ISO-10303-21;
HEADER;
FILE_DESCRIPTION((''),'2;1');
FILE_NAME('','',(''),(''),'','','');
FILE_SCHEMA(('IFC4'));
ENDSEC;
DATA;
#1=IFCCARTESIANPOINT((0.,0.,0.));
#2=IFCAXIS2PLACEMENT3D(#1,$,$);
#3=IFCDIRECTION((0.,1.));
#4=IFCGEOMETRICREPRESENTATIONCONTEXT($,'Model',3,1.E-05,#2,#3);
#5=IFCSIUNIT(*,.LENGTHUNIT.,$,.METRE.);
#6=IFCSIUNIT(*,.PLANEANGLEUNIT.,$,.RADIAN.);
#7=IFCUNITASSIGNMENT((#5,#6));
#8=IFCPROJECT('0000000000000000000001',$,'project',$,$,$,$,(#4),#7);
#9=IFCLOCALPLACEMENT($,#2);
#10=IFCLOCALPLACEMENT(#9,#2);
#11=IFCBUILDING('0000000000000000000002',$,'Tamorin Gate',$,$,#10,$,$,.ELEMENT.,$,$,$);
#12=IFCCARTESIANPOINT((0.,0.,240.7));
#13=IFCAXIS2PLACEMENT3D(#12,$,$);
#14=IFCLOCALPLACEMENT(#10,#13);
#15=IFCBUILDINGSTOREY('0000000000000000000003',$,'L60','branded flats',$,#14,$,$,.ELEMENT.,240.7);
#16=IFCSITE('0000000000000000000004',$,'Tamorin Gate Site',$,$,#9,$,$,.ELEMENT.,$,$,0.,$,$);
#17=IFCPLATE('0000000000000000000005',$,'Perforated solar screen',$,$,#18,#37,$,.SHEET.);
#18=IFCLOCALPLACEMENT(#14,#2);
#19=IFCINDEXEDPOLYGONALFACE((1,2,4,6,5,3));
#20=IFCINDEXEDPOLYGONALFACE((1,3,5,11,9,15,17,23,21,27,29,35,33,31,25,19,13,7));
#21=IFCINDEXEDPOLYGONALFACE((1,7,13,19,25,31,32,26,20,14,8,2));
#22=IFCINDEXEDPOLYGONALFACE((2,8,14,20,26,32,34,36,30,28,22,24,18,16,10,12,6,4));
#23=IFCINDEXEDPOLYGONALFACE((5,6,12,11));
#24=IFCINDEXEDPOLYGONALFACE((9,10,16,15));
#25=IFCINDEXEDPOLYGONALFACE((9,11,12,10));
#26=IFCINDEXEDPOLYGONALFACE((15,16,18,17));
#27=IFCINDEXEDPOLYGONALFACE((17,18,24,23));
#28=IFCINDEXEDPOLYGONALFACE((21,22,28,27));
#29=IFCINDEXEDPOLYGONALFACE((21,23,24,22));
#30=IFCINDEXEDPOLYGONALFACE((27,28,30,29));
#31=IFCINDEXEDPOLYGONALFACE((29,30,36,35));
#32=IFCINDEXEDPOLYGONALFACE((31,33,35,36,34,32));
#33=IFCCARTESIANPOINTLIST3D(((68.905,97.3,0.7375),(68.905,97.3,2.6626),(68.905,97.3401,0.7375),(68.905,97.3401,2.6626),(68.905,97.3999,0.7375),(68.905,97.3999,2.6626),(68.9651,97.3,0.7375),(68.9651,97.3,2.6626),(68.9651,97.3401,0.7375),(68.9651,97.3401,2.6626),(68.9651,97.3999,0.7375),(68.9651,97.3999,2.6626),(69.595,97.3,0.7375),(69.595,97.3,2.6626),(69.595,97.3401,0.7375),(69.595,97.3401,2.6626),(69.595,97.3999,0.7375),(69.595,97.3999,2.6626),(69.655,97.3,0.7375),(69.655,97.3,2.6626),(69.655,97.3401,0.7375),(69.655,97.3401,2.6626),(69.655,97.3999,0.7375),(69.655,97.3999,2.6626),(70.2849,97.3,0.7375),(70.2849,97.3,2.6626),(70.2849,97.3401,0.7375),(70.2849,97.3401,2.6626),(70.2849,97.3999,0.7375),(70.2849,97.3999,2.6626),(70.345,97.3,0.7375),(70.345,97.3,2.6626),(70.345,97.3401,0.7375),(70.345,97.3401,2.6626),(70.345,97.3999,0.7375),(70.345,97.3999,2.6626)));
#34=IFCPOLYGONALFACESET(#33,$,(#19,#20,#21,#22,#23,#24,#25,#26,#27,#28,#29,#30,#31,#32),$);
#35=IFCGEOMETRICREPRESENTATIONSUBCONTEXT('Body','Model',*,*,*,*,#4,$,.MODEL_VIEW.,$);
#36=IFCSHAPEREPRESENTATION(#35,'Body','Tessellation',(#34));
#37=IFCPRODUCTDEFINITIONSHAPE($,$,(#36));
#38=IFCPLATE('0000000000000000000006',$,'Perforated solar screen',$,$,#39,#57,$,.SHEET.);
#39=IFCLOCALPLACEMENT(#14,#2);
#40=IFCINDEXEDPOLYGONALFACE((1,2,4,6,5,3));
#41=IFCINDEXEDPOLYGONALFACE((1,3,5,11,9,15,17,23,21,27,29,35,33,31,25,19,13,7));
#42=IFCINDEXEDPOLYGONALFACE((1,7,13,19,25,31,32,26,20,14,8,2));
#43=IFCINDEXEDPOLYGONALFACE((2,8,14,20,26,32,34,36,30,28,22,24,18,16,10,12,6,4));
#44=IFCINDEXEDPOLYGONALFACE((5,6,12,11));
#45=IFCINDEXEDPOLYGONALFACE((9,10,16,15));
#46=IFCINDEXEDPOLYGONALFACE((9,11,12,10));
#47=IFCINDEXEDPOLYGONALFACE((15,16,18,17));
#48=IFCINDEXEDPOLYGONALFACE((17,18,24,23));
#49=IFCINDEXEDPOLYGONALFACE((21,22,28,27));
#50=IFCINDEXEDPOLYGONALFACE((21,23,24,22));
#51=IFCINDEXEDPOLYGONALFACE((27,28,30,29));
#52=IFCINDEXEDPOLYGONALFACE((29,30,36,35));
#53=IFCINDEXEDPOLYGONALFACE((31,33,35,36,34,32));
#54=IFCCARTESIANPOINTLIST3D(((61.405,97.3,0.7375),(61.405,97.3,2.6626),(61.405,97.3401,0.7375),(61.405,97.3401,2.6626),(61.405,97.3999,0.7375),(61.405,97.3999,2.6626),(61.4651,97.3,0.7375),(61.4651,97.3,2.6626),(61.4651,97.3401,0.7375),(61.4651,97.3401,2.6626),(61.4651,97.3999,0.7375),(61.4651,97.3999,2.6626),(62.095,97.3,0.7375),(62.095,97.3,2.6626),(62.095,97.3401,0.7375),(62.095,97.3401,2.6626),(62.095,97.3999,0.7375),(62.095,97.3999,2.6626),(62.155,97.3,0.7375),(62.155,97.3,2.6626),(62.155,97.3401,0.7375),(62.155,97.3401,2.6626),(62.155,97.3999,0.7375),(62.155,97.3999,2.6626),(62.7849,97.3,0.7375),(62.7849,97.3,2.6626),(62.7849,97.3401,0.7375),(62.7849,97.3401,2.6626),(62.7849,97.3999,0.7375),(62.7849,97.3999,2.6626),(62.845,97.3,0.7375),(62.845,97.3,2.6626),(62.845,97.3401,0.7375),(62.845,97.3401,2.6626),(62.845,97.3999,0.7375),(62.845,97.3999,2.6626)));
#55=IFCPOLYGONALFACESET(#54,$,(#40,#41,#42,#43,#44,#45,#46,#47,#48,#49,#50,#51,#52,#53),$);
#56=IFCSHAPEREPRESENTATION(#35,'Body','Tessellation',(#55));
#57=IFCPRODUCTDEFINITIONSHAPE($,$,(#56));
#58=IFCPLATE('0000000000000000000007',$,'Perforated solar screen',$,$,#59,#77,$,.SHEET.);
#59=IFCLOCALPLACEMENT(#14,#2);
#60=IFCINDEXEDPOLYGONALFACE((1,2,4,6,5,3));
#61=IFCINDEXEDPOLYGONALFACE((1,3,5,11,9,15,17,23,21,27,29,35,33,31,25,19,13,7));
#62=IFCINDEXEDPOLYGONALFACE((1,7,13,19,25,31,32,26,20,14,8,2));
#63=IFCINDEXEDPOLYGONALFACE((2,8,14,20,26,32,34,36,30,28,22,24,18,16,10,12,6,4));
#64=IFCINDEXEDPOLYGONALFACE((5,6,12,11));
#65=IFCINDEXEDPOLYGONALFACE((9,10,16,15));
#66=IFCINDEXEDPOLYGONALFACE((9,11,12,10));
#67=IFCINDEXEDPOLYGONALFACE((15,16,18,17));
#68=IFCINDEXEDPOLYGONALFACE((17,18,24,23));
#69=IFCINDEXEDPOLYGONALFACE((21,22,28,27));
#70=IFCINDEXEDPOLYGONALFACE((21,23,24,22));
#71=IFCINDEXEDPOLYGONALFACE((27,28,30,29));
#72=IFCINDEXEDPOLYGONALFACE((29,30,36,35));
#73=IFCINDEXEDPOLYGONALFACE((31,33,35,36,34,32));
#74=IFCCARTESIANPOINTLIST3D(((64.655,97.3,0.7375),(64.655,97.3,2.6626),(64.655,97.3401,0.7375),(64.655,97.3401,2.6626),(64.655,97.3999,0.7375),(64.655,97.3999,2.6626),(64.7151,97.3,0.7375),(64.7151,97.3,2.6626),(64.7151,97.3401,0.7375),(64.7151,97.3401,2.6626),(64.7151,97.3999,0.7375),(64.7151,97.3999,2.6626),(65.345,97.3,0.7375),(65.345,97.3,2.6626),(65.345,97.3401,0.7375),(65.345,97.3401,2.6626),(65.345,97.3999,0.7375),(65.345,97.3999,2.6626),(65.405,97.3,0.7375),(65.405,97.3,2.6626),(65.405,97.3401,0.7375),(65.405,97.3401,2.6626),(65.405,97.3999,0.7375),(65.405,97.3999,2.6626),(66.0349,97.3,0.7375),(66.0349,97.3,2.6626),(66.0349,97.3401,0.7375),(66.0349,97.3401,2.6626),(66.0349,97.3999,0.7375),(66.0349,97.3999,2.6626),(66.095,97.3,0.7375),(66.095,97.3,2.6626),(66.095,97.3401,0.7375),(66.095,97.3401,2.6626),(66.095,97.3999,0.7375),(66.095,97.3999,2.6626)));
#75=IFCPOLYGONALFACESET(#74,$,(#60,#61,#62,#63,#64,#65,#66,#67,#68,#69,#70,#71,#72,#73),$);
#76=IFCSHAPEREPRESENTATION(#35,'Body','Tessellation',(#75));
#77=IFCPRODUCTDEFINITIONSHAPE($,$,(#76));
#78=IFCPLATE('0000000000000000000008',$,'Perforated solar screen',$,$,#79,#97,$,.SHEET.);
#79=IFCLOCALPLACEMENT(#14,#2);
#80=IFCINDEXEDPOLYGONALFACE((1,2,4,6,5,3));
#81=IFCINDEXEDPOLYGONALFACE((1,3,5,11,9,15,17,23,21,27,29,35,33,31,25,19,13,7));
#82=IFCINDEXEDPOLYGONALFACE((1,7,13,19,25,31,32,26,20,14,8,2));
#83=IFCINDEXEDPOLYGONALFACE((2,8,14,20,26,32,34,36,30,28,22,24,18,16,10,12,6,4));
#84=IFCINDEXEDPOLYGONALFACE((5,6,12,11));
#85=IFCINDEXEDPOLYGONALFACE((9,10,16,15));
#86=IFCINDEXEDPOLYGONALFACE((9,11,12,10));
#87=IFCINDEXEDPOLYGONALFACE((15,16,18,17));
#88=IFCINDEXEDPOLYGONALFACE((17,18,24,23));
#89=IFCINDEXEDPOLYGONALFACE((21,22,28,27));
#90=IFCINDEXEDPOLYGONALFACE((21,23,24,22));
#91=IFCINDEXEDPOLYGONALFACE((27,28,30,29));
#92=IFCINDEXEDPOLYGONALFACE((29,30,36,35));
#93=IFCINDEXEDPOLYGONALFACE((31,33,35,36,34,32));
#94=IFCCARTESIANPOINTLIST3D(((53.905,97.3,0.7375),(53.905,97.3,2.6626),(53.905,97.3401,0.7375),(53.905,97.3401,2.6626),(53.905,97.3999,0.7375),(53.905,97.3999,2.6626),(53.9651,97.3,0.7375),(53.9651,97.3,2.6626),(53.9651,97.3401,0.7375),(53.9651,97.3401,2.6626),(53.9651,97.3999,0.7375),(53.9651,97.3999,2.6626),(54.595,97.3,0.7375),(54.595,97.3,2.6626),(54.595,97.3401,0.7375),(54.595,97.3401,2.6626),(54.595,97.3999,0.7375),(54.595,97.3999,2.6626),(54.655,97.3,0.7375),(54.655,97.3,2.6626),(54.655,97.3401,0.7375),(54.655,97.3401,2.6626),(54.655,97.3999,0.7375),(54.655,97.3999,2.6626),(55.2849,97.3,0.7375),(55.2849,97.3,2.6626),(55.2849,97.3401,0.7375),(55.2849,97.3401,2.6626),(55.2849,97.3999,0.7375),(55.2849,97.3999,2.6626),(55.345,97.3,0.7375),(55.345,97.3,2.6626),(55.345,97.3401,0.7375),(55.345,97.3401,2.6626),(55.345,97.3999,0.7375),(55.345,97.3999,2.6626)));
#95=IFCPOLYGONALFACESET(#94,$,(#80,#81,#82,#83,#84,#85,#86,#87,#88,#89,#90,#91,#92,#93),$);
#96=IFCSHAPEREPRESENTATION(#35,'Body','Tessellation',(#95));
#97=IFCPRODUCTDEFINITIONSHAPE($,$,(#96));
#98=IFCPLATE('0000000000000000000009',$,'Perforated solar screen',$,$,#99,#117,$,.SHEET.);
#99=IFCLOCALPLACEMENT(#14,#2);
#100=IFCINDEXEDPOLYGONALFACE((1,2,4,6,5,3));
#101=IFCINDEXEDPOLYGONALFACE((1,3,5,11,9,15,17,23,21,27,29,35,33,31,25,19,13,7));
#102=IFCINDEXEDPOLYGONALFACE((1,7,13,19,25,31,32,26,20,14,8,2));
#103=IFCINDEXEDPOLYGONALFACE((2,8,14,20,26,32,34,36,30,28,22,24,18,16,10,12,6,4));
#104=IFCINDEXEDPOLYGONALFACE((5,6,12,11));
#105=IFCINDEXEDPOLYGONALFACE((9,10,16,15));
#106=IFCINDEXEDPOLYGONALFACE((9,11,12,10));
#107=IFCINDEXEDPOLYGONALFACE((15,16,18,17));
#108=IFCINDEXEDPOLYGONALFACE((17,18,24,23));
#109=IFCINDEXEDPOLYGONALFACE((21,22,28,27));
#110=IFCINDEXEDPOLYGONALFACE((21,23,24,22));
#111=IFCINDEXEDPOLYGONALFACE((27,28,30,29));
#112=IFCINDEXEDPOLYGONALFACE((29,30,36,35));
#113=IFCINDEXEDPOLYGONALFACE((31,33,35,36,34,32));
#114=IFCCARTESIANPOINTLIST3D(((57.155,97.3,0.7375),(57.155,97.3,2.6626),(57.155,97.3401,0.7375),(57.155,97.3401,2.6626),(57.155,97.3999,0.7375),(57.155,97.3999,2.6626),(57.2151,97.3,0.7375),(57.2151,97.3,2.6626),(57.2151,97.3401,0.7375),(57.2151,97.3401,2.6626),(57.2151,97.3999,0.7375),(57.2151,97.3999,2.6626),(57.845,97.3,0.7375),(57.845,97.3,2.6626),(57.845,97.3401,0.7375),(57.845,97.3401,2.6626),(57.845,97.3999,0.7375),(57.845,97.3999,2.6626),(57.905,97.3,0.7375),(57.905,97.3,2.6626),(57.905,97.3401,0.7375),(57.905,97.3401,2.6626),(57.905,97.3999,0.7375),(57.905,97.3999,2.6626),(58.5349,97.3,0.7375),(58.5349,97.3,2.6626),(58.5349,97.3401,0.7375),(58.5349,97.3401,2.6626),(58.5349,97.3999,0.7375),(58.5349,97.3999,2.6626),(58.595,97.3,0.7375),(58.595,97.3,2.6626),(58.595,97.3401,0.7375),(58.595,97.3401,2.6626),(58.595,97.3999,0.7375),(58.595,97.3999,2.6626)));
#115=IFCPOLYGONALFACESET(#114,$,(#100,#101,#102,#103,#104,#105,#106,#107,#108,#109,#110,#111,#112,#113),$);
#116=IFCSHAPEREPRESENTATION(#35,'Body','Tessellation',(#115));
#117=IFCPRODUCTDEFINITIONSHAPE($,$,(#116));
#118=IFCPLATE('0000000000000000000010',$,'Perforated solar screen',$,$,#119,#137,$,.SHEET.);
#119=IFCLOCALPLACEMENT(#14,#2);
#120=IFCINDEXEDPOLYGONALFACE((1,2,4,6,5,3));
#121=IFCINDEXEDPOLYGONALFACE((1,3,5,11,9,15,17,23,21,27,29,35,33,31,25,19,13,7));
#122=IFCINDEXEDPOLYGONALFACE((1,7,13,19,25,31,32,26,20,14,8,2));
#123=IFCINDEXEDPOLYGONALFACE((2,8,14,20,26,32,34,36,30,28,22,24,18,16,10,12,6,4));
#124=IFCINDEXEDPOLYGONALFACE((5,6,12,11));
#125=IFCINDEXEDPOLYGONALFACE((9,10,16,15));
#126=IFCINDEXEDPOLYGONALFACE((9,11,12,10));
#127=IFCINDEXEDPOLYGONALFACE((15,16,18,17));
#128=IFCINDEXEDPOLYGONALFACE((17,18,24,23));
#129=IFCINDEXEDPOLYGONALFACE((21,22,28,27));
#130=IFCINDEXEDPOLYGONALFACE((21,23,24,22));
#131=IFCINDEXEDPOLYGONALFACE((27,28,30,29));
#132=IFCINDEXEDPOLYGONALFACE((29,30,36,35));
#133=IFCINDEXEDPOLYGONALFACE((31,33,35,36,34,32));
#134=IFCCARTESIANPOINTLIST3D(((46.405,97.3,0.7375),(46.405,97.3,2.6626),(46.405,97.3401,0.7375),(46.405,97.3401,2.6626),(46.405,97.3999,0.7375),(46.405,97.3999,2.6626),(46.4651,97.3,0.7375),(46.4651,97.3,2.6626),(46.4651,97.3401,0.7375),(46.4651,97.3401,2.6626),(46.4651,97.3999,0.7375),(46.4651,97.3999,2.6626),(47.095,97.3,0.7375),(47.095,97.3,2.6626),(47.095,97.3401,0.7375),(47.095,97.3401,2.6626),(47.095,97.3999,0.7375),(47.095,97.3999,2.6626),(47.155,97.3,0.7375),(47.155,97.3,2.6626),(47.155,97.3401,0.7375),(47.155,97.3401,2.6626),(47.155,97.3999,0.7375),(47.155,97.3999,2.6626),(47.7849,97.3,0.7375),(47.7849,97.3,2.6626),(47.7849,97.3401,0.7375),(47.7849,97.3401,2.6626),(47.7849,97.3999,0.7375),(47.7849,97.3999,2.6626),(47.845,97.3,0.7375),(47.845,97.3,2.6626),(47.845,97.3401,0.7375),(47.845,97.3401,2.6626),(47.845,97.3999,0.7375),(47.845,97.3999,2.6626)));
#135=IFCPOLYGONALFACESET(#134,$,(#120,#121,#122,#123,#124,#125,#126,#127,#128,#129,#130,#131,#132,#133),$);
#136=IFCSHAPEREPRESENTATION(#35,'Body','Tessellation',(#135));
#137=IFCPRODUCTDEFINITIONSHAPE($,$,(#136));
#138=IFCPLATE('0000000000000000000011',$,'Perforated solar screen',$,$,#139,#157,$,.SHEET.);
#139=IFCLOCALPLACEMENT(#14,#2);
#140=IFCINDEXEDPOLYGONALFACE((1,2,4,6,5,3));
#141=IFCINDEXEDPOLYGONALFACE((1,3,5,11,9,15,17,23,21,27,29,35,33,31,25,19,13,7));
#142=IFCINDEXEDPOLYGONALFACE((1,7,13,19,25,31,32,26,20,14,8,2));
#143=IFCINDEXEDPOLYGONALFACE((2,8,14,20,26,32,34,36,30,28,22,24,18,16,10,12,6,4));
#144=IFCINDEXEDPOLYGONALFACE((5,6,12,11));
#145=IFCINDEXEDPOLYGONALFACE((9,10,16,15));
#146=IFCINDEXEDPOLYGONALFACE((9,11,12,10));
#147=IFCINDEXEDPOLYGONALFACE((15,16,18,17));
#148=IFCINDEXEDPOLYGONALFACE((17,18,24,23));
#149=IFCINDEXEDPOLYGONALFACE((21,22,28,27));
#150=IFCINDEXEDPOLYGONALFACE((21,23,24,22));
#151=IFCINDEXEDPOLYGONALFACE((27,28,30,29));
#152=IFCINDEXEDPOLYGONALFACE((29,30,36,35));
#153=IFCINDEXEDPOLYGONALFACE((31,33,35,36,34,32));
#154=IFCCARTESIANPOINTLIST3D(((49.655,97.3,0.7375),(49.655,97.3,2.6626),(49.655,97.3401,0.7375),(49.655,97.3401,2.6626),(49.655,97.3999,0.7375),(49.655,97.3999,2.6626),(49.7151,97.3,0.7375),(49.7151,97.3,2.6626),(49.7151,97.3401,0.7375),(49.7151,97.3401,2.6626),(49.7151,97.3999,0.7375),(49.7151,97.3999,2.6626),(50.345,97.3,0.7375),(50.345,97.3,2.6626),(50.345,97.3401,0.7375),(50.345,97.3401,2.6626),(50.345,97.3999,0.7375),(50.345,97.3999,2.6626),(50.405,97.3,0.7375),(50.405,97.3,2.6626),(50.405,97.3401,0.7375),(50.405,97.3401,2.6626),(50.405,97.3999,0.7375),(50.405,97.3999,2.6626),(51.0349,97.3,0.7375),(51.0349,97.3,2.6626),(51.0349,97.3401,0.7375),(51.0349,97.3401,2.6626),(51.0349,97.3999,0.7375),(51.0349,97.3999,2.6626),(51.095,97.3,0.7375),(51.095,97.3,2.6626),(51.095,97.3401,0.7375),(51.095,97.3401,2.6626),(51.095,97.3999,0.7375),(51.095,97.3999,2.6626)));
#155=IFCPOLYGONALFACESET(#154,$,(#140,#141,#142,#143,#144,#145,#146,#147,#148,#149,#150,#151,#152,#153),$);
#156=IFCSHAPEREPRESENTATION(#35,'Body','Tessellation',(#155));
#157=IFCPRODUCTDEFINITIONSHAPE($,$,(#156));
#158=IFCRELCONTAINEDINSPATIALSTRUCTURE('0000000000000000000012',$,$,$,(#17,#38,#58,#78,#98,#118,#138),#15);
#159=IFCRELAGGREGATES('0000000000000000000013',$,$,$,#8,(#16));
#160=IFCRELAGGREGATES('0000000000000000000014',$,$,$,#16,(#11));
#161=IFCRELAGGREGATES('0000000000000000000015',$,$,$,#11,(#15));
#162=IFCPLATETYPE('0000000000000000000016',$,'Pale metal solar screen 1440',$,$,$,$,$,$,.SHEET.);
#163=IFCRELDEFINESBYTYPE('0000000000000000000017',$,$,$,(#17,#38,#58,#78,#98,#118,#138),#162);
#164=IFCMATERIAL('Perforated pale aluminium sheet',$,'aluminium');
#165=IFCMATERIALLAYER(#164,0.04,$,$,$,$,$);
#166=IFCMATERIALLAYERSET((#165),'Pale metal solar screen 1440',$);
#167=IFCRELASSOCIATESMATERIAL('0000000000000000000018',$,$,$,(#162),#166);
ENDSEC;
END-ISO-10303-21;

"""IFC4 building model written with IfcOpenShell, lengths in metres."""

from ifc_helpers import new_model, si_unit, direction, frame, origin, place, context, subcontext, project, spatial, polyline, outline, extrude, material, layer, layer_set, type_object, element, save


model = new_model("IFC4")

# Units and contexts
model_context = context("Model", 3, precision=1e-05, world=origin(), true_north=direction((0.0, 1.0)))
body_context = subcontext(model_context, "Body", "Model", "MODEL_VIEW")
ifc_project = project(units=[si_unit("LENGTHUNIT", "METRE"), si_unit("PLANEANGLEUNIT", "RADIAN")], contexts=[model_context])

# Site, building, storey
site_placement = place(None, origin())
site = spatial("IfcSite", under=ifc_project, at=site_placement, Name="Tamorin Gate Site", CompositionType="ELEMENT", RefElevation=0.0)
building_placement = place(site_placement, origin())
building = spatial("IfcBuilding", under=site, at=building_placement, Name="Tamorin Gate", CompositionType="ELEMENT")
storey_placement = place(building_placement, frame((0.0, 0.0, 240.7)))
storey = spatial("IfcBuildingStorey", under=building, at=storey_placement, Name="L60", Description="branded flats", CompositionType="ELEMENT", Elevation=240.7)

# Plates
ifc_material_1 = material(Name="Perforated pale aluminium sheet", Category="aluminium")
ifc_layer_1 = layer(ifc_material_1, 0.04)
ifc_layer_set_1 = layer_set([ifc_layer_1], Name="Pale metal solar screen 1440")
plate_type = type_object("IfcPlateType", Name="Pale metal solar screen 1440", PredefinedType="SHEET", material=ifc_layer_set_1)
plate_1_placement = place(storey_placement, frame((0.0, 0.0, 0.7375)))
element("IfcPlate", 1, at=plate_1_placement, inside=storey, type_object=plate_type, Name="Perforated solar screen", PredefinedType="SHEET", context=body_context, shape_type="SweptSolid", body=[
    extrude(outline(polyline([(70.345, 97.3401), (70.345, 97.3), (70.2849, 97.3), (69.655, 97.3), (69.595, 97.3), (68.9651, 97.3), (68.905, 97.3), (68.905, 97.3), (68.905, 97.3401), (68.905, 97.3401), (68.905, 97.3999), (68.9651, 97.3999), (68.9651, 97.3401), (69.595, 97.3401), (69.595, 97.3999), (69.655, 97.3999), (69.655, 97.3401), (70.2849, 97.3401), (70.2849, 97.3999), (70.345, 97.3999), (70.345, 97.3401)])), origin(), (0.0, 0.0, 1.0), 1.925),
])
plate_2_placement = place(storey_placement, frame((0.0, 0.0, 0.7375)))
element("IfcPlate", 2, at=plate_2_placement, inside=storey, type_object=plate_type, Name="Perforated solar screen", PredefinedType="SHEET", context=body_context, shape_type="SweptSolid", body=[
    extrude(outline(polyline([(62.845, 97.3401), (62.845, 97.3), (62.7849, 97.3), (62.155, 97.3), (62.095, 97.3), (61.4651, 97.3), (61.405, 97.3), (61.405, 97.3401), (61.405, 97.3999), (61.4651, 97.3999), (61.4651, 97.3401), (62.095, 97.3401), (62.095, 97.3999), (62.155, 97.3999), (62.155, 97.3401), (62.7849, 97.3401), (62.7849, 97.3999), (62.845, 97.3999), (62.845, 97.3401)])), origin(), (0.0, 0.0, 1.0), 1.925),
])
plate_3_placement = place(storey_placement, frame((0.0, 0.0, 0.7375)))
element("IfcPlate", 3, at=plate_3_placement, inside=storey, type_object=plate_type, Name="Perforated solar screen", PredefinedType="SHEET", context=body_context, shape_type="SweptSolid", body=[
    extrude(outline(polyline([(66.095, 97.3401), (66.095, 97.3), (66.0349, 97.3), (65.405, 97.3), (65.345, 97.3), (64.7151, 97.3), (64.655, 97.3), (64.655, 97.3401), (64.655, 97.3999), (64.7151, 97.3999), (64.7151, 97.3401), (65.345, 97.3401), (65.345, 97.3999), (65.405, 97.3999), (65.405, 97.3401), (66.0349, 97.3401), (66.0349, 97.3999), (66.095, 97.3999), (66.095, 97.3401)])), origin(), (0.0, 0.0, 1.0), 1.925),
])
plate_4_placement = place(storey_placement, frame((0.0, 0.0, 0.7375)))
element("IfcPlate", 4, at=plate_4_placement, inside=storey, type_object=plate_type, Name="Perforated solar screen", PredefinedType="SHEET", context=body_context, shape_type="SweptSolid", body=[
    extrude(outline(polyline([(55.345, 97.3401), (55.345, 97.3), (55.2849, 97.3), (54.655, 97.3), (54.595, 97.3), (53.9651, 97.3), (53.905, 97.3), (53.905, 97.3401), (53.905, 97.3999), (53.9651, 97.3999), (53.9651, 97.3401), (54.595, 97.3401), (54.595, 97.3999), (54.655, 97.3999), (54.655, 97.3401), (55.2849, 97.3401), (55.2849, 97.3999), (55.345, 97.3999), (55.345, 97.3401)])), origin(), (0.0, 0.0, 1.0), 1.925),
])
plate_5_placement = place(storey_placement, frame((0.0, 0.0, 0.7375)))
element("IfcPlate", 5, at=plate_5_placement, inside=storey, type_object=plate_type, Name="Perforated solar screen", PredefinedType="SHEET", context=body_context, shape_type="SweptSolid", body=[
    extrude(outline(polyline([(58.595, 97.3401), (58.595, 97.3), (58.5349, 97.3), (57.905, 97.3), (57.845, 97.3), (57.2151, 97.3), (57.155, 97.3), (57.155, 97.3401), (57.155, 97.3999), (57.2151, 97.3999), (57.2151, 97.3401), (57.845, 97.3401), (57.845, 97.3999), (57.905, 97.3999), (57.905, 97.3401), (58.5349, 97.3401), (58.5349, 97.3999), (58.595, 97.3999), (58.595, 97.3401)])), origin(), (0.0, 0.0, 1.0), 1.925),
])
plate_6_placement = place(storey_placement, frame((0.0, 0.0, 0.7375)))
element("IfcPlate", 6, at=plate_6_placement, inside=storey, type_object=plate_type, Name="Perforated solar screen", PredefinedType="SHEET", context=body_context, shape_type="SweptSolid", body=[
    extrude(outline(polyline([(47.845, 97.3401), (47.845, 97.3), (47.7849, 97.3), (47.155, 97.3), (47.095, 97.3), (46.4651, 97.3), (46.405, 97.3), (46.405, 97.3401), (46.405, 97.3999), (46.4651, 97.3999), (46.4651, 97.3401), (47.095, 97.3401), (47.095, 97.3999), (47.155, 97.3999), (47.155, 97.3401), (47.7849, 97.3401), (47.7849, 97.3999), (47.845, 97.3999), (47.845, 97.3401)])), origin(), (0.0, 0.0, 1.0), 1.925),
])
plate_7_placement = place(storey_placement, frame((0.0, 0.0, 0.7375)))
element("IfcPlate", 7, at=plate_7_placement, inside=storey, type_object=plate_type, Name="Perforated solar screen", PredefinedType="SHEET", context=body_context, shape_type="SweptSolid", body=[
    extrude(outline(polyline([(51.095, 97.3401), (51.095, 97.3), (51.0349, 97.3), (50.405, 97.3), (50.345, 97.3), (49.7151, 97.3), (49.655, 97.3), (49.655, 97.3401), (49.655, 97.3999), (49.7151, 97.3999), (49.7151, 97.3401), (50.345, 97.3401), (50.345, 97.3999), (50.405, 97.3999), (50.405, 97.3401), (51.0349, 97.3401), (51.0349, 97.3999), (51.095, 97.3999), (51.095, 97.3401)])), origin(), (0.0, 0.0, 1.0), 1.925),
])

save(model, "model.ifc")
